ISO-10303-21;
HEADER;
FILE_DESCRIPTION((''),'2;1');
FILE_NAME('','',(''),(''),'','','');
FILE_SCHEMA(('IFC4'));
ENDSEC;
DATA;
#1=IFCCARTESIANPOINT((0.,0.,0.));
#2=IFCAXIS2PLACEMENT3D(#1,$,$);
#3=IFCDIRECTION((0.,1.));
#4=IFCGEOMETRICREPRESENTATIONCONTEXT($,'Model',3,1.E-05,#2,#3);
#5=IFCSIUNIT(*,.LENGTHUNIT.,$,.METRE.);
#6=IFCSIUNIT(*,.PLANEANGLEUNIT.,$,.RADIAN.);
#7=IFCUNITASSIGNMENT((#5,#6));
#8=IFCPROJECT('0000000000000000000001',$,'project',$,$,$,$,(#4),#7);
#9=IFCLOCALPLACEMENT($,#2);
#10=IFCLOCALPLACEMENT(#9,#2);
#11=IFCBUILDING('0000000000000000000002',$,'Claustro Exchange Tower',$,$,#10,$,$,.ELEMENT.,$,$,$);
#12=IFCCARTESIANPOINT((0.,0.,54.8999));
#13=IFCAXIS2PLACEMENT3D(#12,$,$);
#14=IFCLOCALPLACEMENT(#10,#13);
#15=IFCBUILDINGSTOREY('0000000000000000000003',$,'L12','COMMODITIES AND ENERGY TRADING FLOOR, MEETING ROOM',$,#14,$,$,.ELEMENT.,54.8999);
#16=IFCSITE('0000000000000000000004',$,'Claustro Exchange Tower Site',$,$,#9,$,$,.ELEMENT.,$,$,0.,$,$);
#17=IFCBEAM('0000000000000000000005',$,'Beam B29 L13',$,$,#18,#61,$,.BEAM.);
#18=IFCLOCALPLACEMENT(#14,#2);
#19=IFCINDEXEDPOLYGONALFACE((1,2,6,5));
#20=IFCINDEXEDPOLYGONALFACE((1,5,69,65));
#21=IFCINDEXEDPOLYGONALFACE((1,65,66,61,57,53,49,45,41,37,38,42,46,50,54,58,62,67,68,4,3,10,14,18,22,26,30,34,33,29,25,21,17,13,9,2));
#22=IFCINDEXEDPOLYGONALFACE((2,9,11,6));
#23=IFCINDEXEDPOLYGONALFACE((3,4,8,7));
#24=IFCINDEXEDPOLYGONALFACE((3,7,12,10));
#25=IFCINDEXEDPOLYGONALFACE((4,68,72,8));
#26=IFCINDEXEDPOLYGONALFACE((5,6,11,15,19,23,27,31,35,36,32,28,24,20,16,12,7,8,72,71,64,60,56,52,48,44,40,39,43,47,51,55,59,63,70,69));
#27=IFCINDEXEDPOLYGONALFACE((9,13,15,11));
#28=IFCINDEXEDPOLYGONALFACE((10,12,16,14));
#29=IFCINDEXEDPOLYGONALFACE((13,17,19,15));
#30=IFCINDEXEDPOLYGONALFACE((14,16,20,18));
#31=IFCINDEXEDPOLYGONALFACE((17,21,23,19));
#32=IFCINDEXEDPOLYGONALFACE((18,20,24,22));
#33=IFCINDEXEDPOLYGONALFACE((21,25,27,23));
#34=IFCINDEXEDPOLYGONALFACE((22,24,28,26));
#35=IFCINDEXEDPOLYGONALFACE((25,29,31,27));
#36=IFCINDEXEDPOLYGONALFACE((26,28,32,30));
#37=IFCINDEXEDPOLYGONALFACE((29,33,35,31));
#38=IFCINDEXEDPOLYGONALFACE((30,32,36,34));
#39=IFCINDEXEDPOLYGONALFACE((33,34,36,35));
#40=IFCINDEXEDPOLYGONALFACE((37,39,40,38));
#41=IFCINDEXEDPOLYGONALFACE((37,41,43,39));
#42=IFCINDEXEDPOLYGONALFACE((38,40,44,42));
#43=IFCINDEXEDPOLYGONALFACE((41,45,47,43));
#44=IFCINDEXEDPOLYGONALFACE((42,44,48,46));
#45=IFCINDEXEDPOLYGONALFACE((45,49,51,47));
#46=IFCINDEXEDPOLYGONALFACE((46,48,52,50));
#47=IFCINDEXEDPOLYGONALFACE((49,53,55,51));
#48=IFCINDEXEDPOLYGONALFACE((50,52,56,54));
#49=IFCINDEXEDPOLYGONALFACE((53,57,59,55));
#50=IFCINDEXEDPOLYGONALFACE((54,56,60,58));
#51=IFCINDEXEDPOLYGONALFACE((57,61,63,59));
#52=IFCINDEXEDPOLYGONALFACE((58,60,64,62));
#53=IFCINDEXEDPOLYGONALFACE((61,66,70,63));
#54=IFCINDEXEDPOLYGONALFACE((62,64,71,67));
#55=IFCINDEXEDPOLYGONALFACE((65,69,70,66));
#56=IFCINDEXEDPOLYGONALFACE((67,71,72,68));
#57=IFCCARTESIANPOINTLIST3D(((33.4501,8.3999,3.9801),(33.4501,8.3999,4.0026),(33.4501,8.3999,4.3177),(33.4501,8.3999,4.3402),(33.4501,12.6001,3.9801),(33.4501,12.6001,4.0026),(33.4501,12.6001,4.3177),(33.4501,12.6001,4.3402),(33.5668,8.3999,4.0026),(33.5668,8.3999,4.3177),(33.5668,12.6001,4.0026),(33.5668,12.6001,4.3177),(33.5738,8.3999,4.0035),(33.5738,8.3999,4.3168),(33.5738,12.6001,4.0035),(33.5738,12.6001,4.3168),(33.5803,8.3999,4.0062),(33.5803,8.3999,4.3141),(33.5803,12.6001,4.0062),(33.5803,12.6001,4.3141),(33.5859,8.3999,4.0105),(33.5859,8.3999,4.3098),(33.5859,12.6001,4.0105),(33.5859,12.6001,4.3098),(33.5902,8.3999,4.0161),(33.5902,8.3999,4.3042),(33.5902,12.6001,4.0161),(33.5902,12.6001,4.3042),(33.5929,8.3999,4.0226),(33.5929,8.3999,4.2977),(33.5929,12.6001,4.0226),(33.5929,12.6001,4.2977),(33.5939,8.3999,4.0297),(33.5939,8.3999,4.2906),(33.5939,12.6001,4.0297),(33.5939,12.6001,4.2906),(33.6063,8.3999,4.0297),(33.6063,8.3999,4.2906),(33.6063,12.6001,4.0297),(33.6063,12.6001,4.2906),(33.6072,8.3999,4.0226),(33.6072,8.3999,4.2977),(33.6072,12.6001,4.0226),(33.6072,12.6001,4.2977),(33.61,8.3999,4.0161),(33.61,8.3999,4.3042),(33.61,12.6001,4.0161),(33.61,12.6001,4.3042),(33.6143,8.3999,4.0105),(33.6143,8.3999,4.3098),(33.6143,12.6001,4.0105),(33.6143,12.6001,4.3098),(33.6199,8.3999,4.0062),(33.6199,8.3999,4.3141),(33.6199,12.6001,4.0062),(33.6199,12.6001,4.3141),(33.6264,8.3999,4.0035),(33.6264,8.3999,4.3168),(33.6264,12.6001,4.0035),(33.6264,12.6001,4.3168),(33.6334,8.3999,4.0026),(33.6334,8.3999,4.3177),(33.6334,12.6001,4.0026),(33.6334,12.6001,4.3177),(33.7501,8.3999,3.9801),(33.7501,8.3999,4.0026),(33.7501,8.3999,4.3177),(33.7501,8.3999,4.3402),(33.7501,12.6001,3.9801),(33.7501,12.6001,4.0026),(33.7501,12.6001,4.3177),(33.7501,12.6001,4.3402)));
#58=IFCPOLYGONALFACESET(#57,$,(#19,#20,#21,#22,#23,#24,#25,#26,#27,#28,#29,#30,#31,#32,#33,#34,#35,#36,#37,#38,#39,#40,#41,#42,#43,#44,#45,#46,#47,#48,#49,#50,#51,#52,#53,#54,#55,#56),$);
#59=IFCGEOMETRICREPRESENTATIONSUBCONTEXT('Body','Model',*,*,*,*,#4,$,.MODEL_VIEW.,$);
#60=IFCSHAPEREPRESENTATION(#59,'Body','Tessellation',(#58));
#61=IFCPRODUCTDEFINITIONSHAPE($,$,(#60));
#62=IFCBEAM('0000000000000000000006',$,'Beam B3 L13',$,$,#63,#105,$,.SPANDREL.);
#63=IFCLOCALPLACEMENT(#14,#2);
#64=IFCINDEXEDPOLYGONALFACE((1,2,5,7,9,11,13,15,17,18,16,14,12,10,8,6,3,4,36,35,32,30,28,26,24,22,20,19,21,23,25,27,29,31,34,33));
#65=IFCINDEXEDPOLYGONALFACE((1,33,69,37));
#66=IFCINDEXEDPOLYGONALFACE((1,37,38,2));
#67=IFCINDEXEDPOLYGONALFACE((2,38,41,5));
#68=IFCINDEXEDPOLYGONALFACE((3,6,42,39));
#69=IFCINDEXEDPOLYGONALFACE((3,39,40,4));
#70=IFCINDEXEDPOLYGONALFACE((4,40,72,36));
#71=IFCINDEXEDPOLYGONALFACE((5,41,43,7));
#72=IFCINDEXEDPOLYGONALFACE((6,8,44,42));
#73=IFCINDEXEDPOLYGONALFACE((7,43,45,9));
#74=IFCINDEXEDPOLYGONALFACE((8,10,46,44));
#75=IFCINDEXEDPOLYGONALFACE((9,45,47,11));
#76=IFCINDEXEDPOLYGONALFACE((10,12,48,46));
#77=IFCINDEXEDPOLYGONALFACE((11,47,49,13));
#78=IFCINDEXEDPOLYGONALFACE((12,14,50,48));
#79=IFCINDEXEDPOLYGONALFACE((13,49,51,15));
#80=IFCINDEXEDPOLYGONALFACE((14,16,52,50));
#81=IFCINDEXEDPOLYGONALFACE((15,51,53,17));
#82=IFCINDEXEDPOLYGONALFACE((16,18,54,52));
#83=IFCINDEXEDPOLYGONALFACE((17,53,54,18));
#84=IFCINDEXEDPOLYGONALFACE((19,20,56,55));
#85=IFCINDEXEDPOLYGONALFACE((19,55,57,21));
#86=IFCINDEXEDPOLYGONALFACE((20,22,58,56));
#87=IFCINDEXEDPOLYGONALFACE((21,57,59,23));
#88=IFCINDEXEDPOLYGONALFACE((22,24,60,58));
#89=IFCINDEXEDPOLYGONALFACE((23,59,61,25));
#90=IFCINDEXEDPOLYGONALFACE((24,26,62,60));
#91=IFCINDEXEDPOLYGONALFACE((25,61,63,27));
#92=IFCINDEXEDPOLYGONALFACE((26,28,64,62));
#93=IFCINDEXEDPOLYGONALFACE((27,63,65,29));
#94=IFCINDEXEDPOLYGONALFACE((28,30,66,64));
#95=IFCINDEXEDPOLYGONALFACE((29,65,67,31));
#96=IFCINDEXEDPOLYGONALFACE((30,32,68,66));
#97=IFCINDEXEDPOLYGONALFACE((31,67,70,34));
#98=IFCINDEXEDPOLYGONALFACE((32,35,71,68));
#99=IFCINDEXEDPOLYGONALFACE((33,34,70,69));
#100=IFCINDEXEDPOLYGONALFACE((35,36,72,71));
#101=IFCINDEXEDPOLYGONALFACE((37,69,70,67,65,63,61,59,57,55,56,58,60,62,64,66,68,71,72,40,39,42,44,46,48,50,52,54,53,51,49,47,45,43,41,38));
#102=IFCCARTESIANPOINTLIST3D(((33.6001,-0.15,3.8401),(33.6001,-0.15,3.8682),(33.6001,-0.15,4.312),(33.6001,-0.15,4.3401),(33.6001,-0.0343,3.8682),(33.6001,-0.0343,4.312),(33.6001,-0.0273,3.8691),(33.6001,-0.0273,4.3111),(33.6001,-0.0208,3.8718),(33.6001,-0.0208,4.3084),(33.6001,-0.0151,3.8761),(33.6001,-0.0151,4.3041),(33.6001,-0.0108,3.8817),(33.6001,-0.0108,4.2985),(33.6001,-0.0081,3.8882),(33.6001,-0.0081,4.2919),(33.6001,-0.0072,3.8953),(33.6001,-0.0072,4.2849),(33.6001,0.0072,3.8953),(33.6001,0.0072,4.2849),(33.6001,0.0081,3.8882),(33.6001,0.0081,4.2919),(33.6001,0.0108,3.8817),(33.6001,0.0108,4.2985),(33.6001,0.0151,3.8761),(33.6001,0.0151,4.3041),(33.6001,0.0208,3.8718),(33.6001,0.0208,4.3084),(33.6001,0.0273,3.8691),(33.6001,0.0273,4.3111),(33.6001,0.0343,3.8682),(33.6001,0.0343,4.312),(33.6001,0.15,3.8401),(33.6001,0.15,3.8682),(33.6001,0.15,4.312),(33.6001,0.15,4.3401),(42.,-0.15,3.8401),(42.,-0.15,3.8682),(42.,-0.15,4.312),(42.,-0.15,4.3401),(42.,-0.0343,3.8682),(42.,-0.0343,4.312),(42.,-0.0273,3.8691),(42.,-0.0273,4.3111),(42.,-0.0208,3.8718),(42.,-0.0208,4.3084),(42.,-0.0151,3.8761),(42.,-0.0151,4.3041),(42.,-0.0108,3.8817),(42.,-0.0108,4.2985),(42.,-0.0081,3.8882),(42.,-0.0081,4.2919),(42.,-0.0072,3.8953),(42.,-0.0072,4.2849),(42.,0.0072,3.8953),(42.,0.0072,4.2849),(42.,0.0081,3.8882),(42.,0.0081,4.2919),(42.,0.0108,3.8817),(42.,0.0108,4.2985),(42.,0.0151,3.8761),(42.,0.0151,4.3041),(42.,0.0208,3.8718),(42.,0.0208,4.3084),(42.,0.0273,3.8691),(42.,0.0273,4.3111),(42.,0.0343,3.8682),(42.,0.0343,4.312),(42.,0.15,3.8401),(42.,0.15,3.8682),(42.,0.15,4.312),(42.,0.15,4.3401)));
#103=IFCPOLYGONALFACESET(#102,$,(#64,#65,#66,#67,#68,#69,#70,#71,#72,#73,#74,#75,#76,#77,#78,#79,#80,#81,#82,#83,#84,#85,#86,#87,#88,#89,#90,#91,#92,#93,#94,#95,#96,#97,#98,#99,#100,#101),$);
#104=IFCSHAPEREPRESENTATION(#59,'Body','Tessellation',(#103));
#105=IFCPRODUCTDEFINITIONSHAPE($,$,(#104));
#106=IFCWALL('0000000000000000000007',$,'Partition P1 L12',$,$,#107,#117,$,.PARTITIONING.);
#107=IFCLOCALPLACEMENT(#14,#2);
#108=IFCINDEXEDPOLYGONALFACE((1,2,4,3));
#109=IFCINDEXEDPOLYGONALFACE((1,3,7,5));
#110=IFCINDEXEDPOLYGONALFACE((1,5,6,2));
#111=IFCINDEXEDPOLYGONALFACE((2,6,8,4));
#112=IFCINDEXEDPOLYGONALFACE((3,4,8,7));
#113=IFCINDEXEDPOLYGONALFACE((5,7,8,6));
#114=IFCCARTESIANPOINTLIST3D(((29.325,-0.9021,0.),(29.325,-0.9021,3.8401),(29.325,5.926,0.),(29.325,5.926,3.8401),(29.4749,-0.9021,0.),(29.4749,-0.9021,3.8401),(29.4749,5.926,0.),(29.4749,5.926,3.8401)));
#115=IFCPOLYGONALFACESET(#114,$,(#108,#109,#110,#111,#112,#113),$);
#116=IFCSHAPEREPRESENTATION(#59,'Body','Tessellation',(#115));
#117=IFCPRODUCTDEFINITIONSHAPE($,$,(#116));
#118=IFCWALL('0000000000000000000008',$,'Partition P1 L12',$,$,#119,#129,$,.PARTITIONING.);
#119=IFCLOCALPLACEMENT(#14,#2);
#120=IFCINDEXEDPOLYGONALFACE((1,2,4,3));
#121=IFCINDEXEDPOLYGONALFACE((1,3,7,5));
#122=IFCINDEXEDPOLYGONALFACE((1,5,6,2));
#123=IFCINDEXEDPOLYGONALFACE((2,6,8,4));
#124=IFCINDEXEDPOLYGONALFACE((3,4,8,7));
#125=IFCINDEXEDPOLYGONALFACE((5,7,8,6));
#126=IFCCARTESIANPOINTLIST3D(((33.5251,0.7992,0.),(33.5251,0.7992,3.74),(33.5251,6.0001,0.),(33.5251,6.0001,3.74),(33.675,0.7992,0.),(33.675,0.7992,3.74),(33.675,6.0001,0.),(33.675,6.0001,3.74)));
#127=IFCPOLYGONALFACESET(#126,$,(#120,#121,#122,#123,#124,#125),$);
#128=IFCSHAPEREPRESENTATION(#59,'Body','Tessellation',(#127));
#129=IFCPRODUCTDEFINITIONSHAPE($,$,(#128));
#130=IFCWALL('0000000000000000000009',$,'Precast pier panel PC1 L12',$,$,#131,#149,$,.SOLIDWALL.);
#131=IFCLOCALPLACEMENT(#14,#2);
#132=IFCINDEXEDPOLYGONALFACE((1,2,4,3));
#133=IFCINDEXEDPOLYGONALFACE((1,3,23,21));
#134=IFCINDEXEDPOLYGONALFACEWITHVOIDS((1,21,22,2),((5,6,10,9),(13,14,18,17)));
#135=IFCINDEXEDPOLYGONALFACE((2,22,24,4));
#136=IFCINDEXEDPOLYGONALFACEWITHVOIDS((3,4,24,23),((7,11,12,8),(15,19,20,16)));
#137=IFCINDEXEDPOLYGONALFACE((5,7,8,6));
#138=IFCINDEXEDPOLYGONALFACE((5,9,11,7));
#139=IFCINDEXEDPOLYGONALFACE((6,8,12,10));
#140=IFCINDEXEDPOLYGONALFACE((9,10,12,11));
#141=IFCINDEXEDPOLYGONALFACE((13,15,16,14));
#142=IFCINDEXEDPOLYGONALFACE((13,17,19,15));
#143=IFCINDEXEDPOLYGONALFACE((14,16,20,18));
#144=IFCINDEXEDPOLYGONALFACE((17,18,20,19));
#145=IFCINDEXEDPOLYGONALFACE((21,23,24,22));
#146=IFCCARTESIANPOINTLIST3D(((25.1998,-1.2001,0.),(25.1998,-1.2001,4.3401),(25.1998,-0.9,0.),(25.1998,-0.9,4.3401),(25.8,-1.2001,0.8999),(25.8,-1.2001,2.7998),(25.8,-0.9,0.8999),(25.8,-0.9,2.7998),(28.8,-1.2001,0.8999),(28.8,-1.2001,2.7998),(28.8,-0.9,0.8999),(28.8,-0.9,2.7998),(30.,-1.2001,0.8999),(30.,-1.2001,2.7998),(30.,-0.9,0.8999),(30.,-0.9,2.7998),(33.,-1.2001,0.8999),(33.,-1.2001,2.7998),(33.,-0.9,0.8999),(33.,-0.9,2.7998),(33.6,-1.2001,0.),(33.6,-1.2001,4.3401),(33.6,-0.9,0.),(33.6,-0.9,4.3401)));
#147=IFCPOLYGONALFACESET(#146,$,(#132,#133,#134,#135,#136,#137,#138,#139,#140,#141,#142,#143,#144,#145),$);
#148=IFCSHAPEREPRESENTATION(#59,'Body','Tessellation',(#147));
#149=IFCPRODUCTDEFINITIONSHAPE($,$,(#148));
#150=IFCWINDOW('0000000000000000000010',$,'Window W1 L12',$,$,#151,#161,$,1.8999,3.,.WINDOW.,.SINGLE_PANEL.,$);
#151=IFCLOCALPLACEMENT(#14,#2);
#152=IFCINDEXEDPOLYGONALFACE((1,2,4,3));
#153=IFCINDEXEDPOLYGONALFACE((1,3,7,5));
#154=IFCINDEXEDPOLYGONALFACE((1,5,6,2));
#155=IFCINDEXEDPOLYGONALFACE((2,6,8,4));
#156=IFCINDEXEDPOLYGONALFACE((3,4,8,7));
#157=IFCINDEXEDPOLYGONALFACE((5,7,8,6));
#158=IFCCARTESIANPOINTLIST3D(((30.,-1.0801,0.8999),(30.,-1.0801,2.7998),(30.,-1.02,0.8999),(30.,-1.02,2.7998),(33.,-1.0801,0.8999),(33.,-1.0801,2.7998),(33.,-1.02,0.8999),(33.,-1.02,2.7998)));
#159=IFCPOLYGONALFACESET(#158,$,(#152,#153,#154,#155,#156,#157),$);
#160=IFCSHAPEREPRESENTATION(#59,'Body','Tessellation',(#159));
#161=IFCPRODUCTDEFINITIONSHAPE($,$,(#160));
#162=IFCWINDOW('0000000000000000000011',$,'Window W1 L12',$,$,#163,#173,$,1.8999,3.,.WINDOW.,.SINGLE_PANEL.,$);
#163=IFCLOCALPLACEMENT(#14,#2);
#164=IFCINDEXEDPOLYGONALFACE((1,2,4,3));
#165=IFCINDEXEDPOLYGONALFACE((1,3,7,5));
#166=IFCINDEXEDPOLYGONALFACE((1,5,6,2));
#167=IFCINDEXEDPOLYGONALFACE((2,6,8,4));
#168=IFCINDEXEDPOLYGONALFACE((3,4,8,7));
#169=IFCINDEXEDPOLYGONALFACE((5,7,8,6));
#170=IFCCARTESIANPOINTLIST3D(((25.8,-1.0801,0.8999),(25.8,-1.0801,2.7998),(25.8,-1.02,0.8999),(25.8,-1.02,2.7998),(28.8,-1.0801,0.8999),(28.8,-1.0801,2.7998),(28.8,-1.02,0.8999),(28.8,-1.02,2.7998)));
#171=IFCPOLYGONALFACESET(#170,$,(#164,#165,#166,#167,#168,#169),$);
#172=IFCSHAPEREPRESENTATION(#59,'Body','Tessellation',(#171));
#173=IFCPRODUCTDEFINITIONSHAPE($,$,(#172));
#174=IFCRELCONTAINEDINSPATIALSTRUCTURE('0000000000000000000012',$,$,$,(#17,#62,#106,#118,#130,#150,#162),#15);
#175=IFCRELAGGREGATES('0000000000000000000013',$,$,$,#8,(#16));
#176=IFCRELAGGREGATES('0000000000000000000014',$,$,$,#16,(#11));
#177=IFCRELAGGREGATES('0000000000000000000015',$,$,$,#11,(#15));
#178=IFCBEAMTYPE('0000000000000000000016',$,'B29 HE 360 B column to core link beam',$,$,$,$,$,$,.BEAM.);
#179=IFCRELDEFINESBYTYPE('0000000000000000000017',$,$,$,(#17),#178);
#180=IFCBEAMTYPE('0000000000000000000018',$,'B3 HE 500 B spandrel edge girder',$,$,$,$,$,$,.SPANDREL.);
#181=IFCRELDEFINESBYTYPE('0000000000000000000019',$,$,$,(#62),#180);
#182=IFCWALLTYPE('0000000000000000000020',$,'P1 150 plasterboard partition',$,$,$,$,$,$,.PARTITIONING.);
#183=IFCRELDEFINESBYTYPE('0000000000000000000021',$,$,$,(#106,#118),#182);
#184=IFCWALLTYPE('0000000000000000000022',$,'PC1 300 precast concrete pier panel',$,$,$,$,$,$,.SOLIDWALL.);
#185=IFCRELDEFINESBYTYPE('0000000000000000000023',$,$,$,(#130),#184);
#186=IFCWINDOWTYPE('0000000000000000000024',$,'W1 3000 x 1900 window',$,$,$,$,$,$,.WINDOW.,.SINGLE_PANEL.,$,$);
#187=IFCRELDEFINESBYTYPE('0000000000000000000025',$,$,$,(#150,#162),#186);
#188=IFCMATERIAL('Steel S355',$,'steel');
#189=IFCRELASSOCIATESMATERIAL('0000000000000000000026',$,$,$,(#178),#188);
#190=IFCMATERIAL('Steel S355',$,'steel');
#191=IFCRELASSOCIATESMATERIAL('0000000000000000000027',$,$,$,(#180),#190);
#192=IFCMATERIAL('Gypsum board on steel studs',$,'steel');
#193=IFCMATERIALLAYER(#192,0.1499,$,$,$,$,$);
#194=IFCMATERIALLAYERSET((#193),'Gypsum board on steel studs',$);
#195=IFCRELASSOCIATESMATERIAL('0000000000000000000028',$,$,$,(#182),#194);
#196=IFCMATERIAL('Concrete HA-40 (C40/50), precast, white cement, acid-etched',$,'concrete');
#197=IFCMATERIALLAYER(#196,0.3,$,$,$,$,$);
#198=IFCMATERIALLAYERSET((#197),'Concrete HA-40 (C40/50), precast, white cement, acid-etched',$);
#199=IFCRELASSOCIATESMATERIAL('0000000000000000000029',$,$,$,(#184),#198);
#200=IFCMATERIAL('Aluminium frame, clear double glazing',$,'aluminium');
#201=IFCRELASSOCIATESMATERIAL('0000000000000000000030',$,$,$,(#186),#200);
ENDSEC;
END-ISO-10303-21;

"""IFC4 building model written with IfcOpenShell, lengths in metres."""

from ifc_helpers import new_model, si_unit, direction, frame, frame_2d, origin, origin_2d, place, context, subcontext, project, spatial, rectangle, i_section, extrude, material, layer, layer_set, material_profile, profile_set, type_object, element, fill, save


model = new_model("IFC4")

# Units and contexts
model_context = context("Model", 3, precision=1e-05, world=origin(), true_north=direction((0.0, 1.0)))
body_context = subcontext(model_context, "Body", "Model", "MODEL_VIEW")
ifc_project = project(units=[si_unit("LENGTHUNIT", "METRE"), si_unit("PLANEANGLEUNIT", "RADIAN")], contexts=[model_context])

# Site, building, storey
site_placement = place(None, origin())
site = spatial("IfcSite", under=ifc_project, at=site_placement, Name="Claustro Exchange Tower Site", CompositionType="ELEMENT", RefElevation=0.0)
building_placement = place(site_placement, origin())
building = spatial("IfcBuilding", under=site, at=building_placement, Name="Claustro Exchange Tower", CompositionType="ELEMENT")
storey_placement = place(building_placement, frame((0.0, 0.0, 54.8999)))
storey = spatial("IfcBuildingStorey", under=building, at=storey_placement, Name="L12", Description="COMMODITIES AND ENERGY TRADING FLOOR, MEETING ROOM", CompositionType="ELEMENT", Elevation=54.8999)

# Beams
ifc_material_1 = material(Name="Steel S355", Category="steel")
ifc_material_profile_1 = material_profile(ifc_material_1, i_section(OverallWidth=0.3, OverallDepth=0.3601, WebThickness=0.0125, FlangeThickness=0.0225, FilletRadius=0.0271, at=origin_2d()), Name="HE 360 B")
ifc_profile_set_1 = profile_set([ifc_material_profile_1], Name="Steel S355")
beam_type_1 = type_object("IfcBeamType", Name="B29 HE 360 B column to core link beam", PredefinedType="BEAM", material=ifc_profile_set_1)
beam_1_placement = place(storey_placement, frame((33.6001, 8.3999, 4.1602), z_axis=(0.0, 1.0, 0.0), x_axis=(-1.0, 0.0, 0.0)))
element("IfcBeam", 1, at=beam_1_placement, inside=storey, type_object=beam_type_1, Name="Beam B29 L13", PredefinedType="BEAM", context=body_context, shape_type="SweptSolid", body=[
    extrude(i_section(OverallWidth=0.3, OverallDepth=0.3601, WebThickness=0.0125, FlangeThickness=0.0225, FilletRadius=0.0271, at=origin_2d()), origin(), (0.0, 0.0, 1.0), 4.2002),
])
ifc_material_2 = material(Name="Steel S355", Category="steel")
ifc_material_profile_2 = material_profile(ifc_material_2, i_section(OverallWidth=0.3, OverallDepth=0.5, WebThickness=0.0144, FlangeThickness=0.0281, FilletRadius=0.0271, at=origin_2d()), Name="HE 500 B")
ifc_profile_set_2 = profile_set([ifc_material_profile_2], Name="Steel S355")
beam_type_2 = type_object("IfcBeamType", Name="B3 HE 500 B spandrel edge girder", PredefinedType="SPANDREL", material=ifc_profile_set_2)
beam_2_placement = place(storey_placement, frame((33.6001, 0.0, 4.0901), z_axis=(1.0, 0.0, 0.0), x_axis=(0.0, 1.0, 0.0)))
element("IfcBeam", 2, at=beam_2_placement, inside=storey, type_object=beam_type_2, Name="Beam B3 L13", PredefinedType="SPANDREL", context=body_context, shape_type="SweptSolid", body=[
    extrude(i_section(OverallWidth=0.3, OverallDepth=0.5, WebThickness=0.0144, FlangeThickness=0.0281, FilletRadius=0.0271, at=origin_2d()), origin(), (0.0, 0.0, 1.0), 8.3999),
])

# Walls
ifc_material_3 = material(Name="Gypsum board on steel studs", Category="steel")
ifc_layer_1 = layer(ifc_material_3, 0.1499)
ifc_layer_set_1 = layer_set([ifc_layer_1], Name="Gypsum board on steel studs")
wall_type_1 = type_object("IfcWallType", Name="P1 150 plasterboard partition", PredefinedType="PARTITIONING", material=ifc_layer_set_1)
wall_1_placement = place(storey_placement, frame((29.3999, -0.9021, 0.0), z_axis=(0.0, 0.0, 1.0), x_axis=(0.0, 1.0, 0.0)))
element("IfcWall", 3, at=wall_1_placement, inside=storey, type_object=wall_type_1, Name="Partition P1 L12", PredefinedType="PARTITIONING", context=body_context, shape_type="SweptSolid", body=[
    extrude(rectangle(XDim=6.8281, YDim=0.1499, at=frame_2d((3.4141, 0.0))), origin(), (0.0, 0.0, 1.0), 3.8401),
])
wall_2_placement = place(storey_placement, frame((33.6001, 0.7991, 0.0), z_axis=(0.0, 0.0, 1.0), x_axis=(0.0, 1.0, 0.0)))
element("IfcWall", 4, at=wall_2_placement, inside=storey, type_object=wall_type_1, Name="Partition P1 L12", PredefinedType="PARTITIONING", context=body_context, shape_type="SweptSolid", body=[
    extrude(rectangle(XDim=5.2009, YDim=0.1499, at=frame_2d((2.6006, 0.0))), origin(), (0.0, 0.0, 1.0), 3.74),
])

# Wall, openings, windows
ifc_material_4 = material(Name="Concrete HA-40 (C40/50), precast, white cement, acid-etched", Category="concrete")
ifc_layer_2 = layer(ifc_material_4, 0.3)
ifc_layer_set_2 = layer_set([ifc_layer_2], Name="Concrete HA-40 (C40/50), precast, white cement, acid-etched")
wall_type_2 = type_object("IfcWallType", Name="PC1 300 precast concrete pier panel", PredefinedType="SOLIDWALL", material=ifc_layer_set_2)
wall_3_placement = place(storey_placement, frame((33.6001, -1.05, 0.0), z_axis=(0.0, 0.0, 1.0), x_axis=(-1.0, 0.0, 0.0)))
wall_3 = element("IfcWall", 5, at=wall_3_placement, inside=storey, type_object=wall_type_2, Name="Precast pier panel PC1 L12", PredefinedType="SOLIDWALL", context=body_context, shape_type="SweptSolid", body=[
    extrude(rectangle(XDim=8.4001, YDim=0.3, at=frame_2d((4.2002, 0.0))), origin(), (0.0, 0.0, 1.0), 4.3401),
])
opening_1_placement = place(wall_3_placement, frame((0.6001, 0.0, 0.8999)))
opening_1 = element("IfcOpeningElement", 6, at=opening_1_placement, cuts=wall_3, PredefinedType="OPENING", context=body_context, shape_type="SweptSolid", body=[
    extrude(rectangle(XDim=3.0, YDim=1.8999, at=frame_2d((1.5, 0.95))), frame((0.0, 0.1599, 0.0), z_axis=(0.0, -1.0, 0.0), x_axis=(1.0, 0.0, 0.0)), (0.0, 0.0, 1.0), 0.3201),
])
opening_2_placement = place(wall_3_placement, frame((4.8, 0.0, 0.8999)))
opening_2 = element("IfcOpeningElement", 7, at=opening_2_placement, cuts=wall_3, PredefinedType="OPENING", context=body_context, shape_type="SweptSolid", body=[
    extrude(rectangle(XDim=3.0, YDim=1.8999, at=frame_2d((1.5, 0.95))), frame((0.0, 0.1599, 0.0), z_axis=(0.0, -1.0, 0.0), x_axis=(1.0, 0.0, 0.0)), (0.0, 0.0, 1.0), 0.3201),
])
ifc_material_5 = material(Name="Aluminium frame, clear double glazing", Category="aluminium")
window_type = type_object("IfcWindowType", Name="W1 3000 x 1900 window", PartitioningType="SINGLE_PANEL", PredefinedType="WINDOW", material=ifc_material_5)
window_1_placement = place(opening_1_placement, origin())
window_1 = element("IfcWindow", 8, at=window_1_placement, inside=storey, type_object=window_type, Name="Window W1 L12", OverallHeight=1.8999, OverallWidth=3.0, PartitioningType="SINGLE_PANEL", PredefinedType="WINDOW", context=body_context, shape_type="SweptSolid", body=[
    extrude(rectangle(XDim=3.0, YDim=1.8999, at=frame_2d((1.5, 0.95))), frame((0.0, 0.03, 0.0), z_axis=(0.0, -1.0, 0.0), x_axis=(1.0, 0.0, 0.0)), (0.0, 0.0, 1.0), 0.0601),
])
fill(opening_1, window_1)
window_2_placement = place(opening_2_placement, origin())
window_2 = element("IfcWindow", 9, at=window_2_placement, inside=storey, type_object=window_type, Name="Window W1 L12", OverallHeight=1.8999, OverallWidth=3.0, PartitioningType="SINGLE_PANEL", PredefinedType="WINDOW", context=body_context, shape_type="SweptSolid", body=[
    extrude(rectangle(XDim=3.0, YDim=1.8999, at=frame_2d((1.5, 0.95))), frame((0.0, 0.03, 0.0), z_axis=(0.0, -1.0, 0.0), x_axis=(1.0, 0.0, 0.0)), (0.0, 0.0, 1.0), 0.0601),
])
fill(opening_2, window_2)

save(model, "model.ifc")
